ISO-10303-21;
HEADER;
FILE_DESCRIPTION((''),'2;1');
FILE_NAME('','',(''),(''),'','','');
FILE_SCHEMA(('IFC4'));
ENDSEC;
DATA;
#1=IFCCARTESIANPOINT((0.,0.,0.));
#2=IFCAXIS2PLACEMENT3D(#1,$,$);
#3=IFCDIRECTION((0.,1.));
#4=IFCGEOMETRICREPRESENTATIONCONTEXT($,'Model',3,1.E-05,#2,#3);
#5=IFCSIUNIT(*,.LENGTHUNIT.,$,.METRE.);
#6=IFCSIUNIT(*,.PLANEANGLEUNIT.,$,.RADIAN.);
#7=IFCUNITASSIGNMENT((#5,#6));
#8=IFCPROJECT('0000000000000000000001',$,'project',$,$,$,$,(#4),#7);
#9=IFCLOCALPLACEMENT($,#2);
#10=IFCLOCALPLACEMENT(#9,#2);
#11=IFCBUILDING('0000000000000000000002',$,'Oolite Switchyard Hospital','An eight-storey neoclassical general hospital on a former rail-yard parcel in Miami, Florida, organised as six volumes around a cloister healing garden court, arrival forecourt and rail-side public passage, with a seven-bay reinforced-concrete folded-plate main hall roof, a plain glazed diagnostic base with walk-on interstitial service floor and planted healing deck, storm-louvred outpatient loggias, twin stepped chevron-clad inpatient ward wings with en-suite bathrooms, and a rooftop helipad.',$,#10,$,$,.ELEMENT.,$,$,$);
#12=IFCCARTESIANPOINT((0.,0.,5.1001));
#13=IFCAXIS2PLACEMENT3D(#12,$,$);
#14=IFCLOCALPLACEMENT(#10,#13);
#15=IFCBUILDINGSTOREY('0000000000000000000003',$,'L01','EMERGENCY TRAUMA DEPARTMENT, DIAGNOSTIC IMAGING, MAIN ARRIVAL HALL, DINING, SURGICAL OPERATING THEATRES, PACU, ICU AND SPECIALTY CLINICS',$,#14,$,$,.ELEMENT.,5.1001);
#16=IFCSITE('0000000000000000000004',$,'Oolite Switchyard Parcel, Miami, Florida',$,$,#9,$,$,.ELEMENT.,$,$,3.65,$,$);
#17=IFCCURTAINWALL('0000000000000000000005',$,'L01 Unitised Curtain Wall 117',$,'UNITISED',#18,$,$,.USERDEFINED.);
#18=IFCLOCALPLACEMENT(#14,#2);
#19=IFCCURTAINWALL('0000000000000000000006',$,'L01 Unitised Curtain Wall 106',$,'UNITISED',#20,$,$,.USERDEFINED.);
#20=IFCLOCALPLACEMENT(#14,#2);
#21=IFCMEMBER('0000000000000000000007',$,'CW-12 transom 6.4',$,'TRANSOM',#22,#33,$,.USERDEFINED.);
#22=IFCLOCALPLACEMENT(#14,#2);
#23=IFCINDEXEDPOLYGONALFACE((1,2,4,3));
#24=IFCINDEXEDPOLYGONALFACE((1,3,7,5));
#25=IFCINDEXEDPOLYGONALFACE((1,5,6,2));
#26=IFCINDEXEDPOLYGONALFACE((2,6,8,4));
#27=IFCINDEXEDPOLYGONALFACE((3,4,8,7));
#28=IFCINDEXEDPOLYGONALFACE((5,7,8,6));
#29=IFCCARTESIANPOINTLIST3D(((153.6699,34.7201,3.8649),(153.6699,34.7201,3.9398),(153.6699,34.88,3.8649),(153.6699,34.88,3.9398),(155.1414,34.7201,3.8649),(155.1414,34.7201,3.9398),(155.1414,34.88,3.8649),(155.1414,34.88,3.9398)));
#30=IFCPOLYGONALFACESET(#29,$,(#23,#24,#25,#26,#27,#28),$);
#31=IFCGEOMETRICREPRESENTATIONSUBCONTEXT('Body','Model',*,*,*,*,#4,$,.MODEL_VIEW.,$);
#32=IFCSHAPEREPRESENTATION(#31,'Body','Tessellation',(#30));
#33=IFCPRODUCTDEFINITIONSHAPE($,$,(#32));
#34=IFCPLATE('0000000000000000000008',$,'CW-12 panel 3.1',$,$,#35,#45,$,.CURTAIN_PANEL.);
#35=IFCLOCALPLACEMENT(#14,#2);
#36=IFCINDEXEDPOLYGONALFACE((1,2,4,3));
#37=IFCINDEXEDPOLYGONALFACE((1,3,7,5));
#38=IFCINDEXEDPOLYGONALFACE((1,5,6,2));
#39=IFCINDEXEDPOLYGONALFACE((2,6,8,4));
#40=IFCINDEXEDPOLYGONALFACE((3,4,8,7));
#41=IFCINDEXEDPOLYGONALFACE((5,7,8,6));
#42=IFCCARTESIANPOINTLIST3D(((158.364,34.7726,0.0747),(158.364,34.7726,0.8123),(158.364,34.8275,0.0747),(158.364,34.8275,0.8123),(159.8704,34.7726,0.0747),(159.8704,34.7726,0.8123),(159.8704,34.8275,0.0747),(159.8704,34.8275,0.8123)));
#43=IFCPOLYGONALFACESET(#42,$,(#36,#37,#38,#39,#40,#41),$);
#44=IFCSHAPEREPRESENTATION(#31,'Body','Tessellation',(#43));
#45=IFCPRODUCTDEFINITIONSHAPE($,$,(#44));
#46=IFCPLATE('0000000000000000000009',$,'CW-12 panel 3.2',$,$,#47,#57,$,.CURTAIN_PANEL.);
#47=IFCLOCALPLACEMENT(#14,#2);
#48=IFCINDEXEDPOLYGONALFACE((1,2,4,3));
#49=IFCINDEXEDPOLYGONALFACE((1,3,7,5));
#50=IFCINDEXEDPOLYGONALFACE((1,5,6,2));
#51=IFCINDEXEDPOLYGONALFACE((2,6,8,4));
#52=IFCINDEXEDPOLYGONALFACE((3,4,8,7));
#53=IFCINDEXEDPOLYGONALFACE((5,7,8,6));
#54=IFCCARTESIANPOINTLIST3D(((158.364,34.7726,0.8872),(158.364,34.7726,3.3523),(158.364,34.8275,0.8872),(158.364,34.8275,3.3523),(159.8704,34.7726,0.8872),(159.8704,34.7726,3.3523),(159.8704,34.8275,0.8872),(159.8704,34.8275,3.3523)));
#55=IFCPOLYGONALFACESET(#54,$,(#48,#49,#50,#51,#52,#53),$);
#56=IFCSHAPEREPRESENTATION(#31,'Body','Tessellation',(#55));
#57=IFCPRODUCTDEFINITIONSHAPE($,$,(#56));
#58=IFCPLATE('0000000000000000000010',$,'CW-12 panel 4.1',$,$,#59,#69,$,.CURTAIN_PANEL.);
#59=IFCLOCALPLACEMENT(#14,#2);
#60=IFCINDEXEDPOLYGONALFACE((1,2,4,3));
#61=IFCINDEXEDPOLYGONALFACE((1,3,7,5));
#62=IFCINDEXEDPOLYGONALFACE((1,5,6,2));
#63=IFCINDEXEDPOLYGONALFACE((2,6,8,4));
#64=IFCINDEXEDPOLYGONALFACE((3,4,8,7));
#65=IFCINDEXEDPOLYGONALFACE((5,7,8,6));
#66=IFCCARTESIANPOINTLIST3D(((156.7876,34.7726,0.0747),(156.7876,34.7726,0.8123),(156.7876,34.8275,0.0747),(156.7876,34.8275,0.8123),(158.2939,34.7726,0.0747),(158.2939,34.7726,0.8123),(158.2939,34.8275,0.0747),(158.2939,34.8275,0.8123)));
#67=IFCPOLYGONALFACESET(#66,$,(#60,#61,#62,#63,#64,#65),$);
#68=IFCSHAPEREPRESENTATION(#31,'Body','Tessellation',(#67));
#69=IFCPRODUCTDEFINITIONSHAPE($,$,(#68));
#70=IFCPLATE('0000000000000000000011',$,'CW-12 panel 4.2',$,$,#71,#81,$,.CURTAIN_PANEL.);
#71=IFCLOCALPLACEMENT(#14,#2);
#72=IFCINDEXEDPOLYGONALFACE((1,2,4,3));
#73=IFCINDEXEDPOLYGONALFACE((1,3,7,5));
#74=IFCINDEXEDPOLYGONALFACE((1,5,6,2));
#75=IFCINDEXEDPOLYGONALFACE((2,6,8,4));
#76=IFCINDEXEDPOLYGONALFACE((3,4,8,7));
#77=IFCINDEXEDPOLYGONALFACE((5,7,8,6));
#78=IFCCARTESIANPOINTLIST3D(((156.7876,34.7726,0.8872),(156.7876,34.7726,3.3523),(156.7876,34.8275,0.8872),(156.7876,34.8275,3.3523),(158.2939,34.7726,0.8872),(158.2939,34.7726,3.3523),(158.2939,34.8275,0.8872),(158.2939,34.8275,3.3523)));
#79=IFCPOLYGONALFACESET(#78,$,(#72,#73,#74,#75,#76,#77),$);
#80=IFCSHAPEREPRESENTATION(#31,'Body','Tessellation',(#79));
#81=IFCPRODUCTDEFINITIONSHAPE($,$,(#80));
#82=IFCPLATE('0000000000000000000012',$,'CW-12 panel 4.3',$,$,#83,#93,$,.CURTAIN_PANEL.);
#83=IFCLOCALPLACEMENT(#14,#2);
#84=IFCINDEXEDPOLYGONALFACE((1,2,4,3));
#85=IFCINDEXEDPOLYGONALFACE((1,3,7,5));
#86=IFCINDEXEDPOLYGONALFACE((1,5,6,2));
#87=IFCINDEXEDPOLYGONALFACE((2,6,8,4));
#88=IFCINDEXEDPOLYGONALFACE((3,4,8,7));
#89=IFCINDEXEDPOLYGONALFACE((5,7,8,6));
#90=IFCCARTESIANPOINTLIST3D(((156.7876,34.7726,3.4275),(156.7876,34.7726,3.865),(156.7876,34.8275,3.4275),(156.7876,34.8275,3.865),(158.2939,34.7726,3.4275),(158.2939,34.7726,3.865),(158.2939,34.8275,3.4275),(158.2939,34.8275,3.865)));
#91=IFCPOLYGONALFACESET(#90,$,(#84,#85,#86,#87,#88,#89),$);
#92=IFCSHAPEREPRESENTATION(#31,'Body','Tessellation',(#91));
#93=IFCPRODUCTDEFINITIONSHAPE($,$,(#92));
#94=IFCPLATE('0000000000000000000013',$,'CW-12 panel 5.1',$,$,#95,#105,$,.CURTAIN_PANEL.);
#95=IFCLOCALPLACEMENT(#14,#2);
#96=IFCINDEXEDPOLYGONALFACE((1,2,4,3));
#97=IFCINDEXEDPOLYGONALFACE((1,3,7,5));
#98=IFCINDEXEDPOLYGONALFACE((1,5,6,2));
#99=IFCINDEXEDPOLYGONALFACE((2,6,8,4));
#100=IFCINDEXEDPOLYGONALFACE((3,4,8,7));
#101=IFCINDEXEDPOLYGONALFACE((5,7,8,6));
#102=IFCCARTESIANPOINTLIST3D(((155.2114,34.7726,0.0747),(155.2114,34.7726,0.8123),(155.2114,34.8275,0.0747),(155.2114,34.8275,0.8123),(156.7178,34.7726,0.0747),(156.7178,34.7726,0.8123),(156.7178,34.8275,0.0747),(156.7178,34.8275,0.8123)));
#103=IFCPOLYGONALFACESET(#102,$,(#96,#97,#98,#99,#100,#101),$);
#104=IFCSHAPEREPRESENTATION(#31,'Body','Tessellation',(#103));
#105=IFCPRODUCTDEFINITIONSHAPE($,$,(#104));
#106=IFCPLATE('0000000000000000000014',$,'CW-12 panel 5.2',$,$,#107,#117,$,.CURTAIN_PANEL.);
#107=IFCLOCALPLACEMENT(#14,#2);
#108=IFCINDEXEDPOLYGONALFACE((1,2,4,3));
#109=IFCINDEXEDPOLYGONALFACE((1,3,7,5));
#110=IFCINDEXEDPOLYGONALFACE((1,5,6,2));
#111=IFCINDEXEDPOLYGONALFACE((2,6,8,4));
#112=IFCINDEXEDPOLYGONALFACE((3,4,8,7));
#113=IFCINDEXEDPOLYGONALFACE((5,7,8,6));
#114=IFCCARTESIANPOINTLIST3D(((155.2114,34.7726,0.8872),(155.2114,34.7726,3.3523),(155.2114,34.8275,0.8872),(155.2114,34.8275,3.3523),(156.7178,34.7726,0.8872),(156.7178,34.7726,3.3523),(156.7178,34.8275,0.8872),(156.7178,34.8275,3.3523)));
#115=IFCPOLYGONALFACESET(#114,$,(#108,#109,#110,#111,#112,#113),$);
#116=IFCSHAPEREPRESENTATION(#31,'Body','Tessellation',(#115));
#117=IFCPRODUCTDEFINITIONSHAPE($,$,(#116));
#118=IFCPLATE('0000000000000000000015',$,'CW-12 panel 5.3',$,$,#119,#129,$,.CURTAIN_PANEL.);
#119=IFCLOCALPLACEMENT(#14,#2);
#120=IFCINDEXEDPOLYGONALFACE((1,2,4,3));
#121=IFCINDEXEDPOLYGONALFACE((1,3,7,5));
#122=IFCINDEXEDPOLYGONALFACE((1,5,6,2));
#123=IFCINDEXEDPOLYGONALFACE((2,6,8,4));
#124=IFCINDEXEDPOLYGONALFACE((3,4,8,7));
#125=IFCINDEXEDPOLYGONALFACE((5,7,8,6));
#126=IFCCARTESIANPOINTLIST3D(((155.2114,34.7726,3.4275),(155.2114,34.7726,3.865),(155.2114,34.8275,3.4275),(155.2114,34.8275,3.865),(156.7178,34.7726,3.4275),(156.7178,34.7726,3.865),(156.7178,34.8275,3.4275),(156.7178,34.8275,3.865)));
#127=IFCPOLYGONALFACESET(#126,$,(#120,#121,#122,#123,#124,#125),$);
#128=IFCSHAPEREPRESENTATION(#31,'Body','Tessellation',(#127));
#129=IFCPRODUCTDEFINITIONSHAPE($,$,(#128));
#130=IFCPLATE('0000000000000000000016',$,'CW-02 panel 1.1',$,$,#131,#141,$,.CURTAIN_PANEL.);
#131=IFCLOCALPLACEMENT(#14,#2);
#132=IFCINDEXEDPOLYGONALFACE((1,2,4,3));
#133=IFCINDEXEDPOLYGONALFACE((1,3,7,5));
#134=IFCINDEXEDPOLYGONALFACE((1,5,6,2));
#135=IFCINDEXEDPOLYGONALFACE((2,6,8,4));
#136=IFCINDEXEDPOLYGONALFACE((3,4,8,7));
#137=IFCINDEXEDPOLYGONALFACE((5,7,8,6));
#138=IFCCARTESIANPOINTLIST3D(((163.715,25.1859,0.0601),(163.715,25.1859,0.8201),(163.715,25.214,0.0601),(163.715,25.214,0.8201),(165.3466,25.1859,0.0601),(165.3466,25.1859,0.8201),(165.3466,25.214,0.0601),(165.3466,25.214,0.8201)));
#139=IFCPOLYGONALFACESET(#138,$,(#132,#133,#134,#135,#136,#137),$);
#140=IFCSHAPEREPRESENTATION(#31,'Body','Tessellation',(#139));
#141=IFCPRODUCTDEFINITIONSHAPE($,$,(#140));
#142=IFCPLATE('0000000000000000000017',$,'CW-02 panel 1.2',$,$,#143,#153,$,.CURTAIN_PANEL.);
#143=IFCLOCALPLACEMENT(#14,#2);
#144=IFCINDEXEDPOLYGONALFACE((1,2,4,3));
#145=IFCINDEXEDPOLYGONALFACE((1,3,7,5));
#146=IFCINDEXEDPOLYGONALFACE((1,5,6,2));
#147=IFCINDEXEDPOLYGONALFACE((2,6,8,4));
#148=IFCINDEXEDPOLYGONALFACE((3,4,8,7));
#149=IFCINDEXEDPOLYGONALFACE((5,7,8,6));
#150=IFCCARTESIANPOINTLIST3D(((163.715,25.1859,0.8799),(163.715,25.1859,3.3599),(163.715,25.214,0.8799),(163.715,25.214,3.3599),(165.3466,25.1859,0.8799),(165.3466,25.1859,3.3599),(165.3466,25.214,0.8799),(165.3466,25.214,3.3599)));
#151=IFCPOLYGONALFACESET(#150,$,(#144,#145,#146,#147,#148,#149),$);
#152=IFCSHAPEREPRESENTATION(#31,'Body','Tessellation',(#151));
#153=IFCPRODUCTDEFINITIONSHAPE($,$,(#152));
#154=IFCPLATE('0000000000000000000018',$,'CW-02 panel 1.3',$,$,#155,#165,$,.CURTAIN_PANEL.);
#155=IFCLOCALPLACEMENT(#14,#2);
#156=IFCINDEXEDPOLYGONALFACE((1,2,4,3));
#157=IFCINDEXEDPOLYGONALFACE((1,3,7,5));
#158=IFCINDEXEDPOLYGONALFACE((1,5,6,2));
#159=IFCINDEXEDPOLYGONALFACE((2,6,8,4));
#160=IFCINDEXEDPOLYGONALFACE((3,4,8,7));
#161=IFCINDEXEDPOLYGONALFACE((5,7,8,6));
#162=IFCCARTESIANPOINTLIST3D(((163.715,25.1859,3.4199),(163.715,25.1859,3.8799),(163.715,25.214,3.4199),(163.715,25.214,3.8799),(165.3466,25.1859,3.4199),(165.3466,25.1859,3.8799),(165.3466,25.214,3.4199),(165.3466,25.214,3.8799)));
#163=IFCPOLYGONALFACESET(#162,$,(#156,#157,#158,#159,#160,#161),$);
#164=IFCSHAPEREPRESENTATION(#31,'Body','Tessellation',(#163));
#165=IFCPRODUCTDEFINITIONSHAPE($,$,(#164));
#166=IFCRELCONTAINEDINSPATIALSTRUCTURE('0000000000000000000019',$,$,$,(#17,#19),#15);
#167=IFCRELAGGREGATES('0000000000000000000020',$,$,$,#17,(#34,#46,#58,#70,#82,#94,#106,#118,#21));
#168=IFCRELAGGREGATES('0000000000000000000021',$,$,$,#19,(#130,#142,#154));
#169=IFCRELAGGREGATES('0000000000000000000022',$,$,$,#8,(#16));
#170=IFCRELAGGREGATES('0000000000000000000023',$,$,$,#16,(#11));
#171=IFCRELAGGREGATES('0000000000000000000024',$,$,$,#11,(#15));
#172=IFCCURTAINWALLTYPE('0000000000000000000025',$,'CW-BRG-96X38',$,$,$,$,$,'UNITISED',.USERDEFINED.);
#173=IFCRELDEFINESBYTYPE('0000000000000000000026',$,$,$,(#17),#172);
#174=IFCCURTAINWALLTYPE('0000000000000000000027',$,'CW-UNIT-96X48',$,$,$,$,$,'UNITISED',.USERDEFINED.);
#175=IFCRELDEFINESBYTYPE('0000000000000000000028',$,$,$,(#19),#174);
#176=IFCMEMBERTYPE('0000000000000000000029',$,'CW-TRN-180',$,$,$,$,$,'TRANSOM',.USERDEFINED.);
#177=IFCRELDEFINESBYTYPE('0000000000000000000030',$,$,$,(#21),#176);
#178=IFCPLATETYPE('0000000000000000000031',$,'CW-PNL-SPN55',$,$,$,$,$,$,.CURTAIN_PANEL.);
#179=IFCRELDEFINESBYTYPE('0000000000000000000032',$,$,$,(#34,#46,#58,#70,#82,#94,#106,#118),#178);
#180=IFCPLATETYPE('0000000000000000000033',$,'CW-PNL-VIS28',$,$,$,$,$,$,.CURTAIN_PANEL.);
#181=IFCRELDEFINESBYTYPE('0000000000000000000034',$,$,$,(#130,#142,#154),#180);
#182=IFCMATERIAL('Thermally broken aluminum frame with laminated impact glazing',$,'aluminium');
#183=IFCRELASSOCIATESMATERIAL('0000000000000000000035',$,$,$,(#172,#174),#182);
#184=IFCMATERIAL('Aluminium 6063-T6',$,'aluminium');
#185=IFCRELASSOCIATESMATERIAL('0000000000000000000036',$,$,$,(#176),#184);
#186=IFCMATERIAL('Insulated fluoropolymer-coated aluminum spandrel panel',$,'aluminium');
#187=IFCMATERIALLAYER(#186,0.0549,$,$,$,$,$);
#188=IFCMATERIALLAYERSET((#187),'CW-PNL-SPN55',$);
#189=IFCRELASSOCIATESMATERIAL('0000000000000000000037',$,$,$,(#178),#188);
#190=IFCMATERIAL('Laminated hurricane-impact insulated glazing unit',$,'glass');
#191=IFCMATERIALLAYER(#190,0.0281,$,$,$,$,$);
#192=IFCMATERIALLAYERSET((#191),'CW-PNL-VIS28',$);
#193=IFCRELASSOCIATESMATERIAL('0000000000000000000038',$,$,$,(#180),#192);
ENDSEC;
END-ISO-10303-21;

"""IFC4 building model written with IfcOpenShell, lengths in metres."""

from ifc_helpers import new_model, si_unit, direction, frame, origin, origin_2d, place, context, subcontext, project, spatial, rectangle, extrude, material, layer, layer_set, material_profile, profile_set, type_object, element, aggregate, save


model = new_model("IFC4")

# Units and contexts
model_context = context("Model", 3, precision=1e-05, world=origin(), true_north=direction((0.0, 1.0)))
body_context = subcontext(model_context, "Body", "Model", "MODEL_VIEW")
ifc_project = project(units=[si_unit("LENGTHUNIT", "METRE"), si_unit("PLANEANGLEUNIT", "RADIAN")], contexts=[model_context])

# Site, building, storey
site_placement = place(None, origin())
site = spatial("IfcSite", under=ifc_project, at=site_placement, Name="Oolite Switchyard Parcel, Miami, Florida", CompositionType="ELEMENT", RefElevation=3.65)
building_placement = place(site_placement, origin())
building = spatial("IfcBuilding", under=site, at=building_placement, Name="Oolite Switchyard Hospital", Description="An eight-storey neoclassical general hospital on a former rail-yard parcel in Miami, Florida, organised as six volumes around a cloister healing garden court, arrival forecourt and rail-side public passage, with a seven-bay reinforced-concrete folded-plate main hall roof, a plain glazed diagnostic base with walk-on interstitial service floor and planted healing deck, storm-louvred outpatient loggias, twin stepped chevron-clad inpatient ward wings with en-suite bathrooms, and a rooftop helipad.", CompositionType="ELEMENT")
storey_placement = place(building_placement, frame((0.0, 0.0, 5.1001)))
storey = spatial("IfcBuildingStorey", under=building, at=storey_placement, Name="L01", Description="EMERGENCY TRAUMA DEPARTMENT, DIAGNOSTIC IMAGING, MAIN ARRIVAL HALL, DINING, SURGICAL OPERATING THEATRES, PACU, ICU AND SPECIALTY CLINICS", CompositionType="ELEMENT", Elevation=5.1001)

# Curtain walls
ifc_material_1 = material(Name="Thermally broken aluminum frame with laminated impact glazing", Category="aluminium")
curtain_wall_type_1 = type_object("IfcCurtainWallType", Name="CW-BRG-96X38", ElementType="UNITISED", PredefinedType="USERDEFINED", material=ifc_material_1)
curtain_wall_1_placement = place(storey_placement, origin())
curtain_wall_1 = element("IfcCurtainWall", 1, at=curtain_wall_1_placement, inside=storey, type_object=curtain_wall_type_1, Name="L01 Unitised Curtain Wall 117", ObjectType="UNITISED", PredefinedType="USERDEFINED")
ifc_material_2 = material(Name="Aluminium 6063-T6", Category="aluminium")
curtain_wall_type_2 = type_object("IfcCurtainWallType", Name="CW-UNIT-96X48", ElementType="UNITISED", PredefinedType="USERDEFINED", material=ifc_material_1)
curtain_wall_2_placement = place(storey_placement, origin())
curtain_wall_2 = element("IfcCurtainWall", 2, at=curtain_wall_2_placement, inside=storey, type_object=curtain_wall_type_2, Name="L01 Unitised Curtain Wall 106", ObjectType="UNITISED", PredefinedType="USERDEFINED")

# Member
ifc_material_profile_1 = material_profile(ifc_material_2, rectangle(XDim=0.1599, YDim=0.075, at=origin_2d()), Name="CWT75X160")
ifc_profile_set_1 = profile_set([ifc_material_profile_1], Name="Aluminium 6063-T6")
member_type_1 = type_object("IfcMemberType", Name="CW-TRN-180", ElementType="TRANSOM", PredefinedType="USERDEFINED", material=ifc_profile_set_1)
member_1_placement = place(storey_placement, frame((155.1414, 34.8, 3.9023), z_axis=(-1.0, 0.0, 0.0), x_axis=(0.0, -1.0, 0.0)))
member_1 = element("IfcMember", 3, at=member_1_placement, type_object=member_type_1, Name="CW-12 transom 6.4", ObjectType="TRANSOM", PredefinedType="USERDEFINED", context=body_context, shape_type="SweptSolid", body=[
    extrude(rectangle(XDim=0.1599, YDim=0.075, at=origin_2d()), origin(), (0.0, 0.0, 1.0), 1.4714),
])

# Plates
ifc_material_3 = material(Name="Insulated fluoropolymer-coated aluminum spandrel panel", Category="aluminium")
ifc_layer_1 = layer(ifc_material_3, 0.0549)
ifc_layer_set_1 = layer_set([ifc_layer_1], Name="CW-PNL-SPN55")
plate_type_1 = type_object("IfcPlateType", Name="CW-PNL-SPN55", PredefinedType="CURTAIN_PANEL", material=ifc_layer_set_1)
plate_1_placement = place(storey_placement, frame((159.1172, 34.8, 0.0747), z_axis=(0.0, 0.0, 1.0), x_axis=(-1.0, 0.0, 0.0)))
plate_1 = element("IfcPlate", 4, at=plate_1_placement, type_object=plate_type_1, Name="CW-12 panel 3.1", PredefinedType="CURTAIN_PANEL", context=body_context, shape_type="SweptSolid", body=[
    extrude(rectangle(XDim=1.5063, YDim=0.0549, at=origin_2d()), origin(), (0.0, 0.0, 1.0), 0.7375),
])
plate_2_placement = place(storey_placement, frame((159.1172, 34.8, 0.8872), z_axis=(0.0, 0.0, 1.0), x_axis=(-1.0, 0.0, 0.0)))
plate_2 = element("IfcPlate", 5, at=plate_2_placement, type_object=plate_type_1, Name="CW-12 panel 3.2", PredefinedType="CURTAIN_PANEL", context=body_context, shape_type="SweptSolid", body=[
    extrude(rectangle(XDim=1.5063, YDim=0.0549, at=origin_2d()), origin(), (0.0, 0.0, 1.0), 2.4651),
])
plate_3_placement = place(storey_placement, frame((157.5408, 34.8, 0.0747), z_axis=(0.0, 0.0, 1.0), x_axis=(-1.0, 0.0, 0.0)))
plate_3 = element("IfcPlate", 6, at=plate_3_placement, type_object=plate_type_1, Name="CW-12 panel 4.1", PredefinedType="CURTAIN_PANEL", context=body_context, shape_type="SweptSolid", body=[
    extrude(rectangle(XDim=1.5063, YDim=0.0549, at=origin_2d()), origin(), (0.0, 0.0, 1.0), 0.7375),
])
plate_4_placement = place(storey_placement, frame((157.5408, 34.8, 0.8872), z_axis=(0.0, 0.0, 1.0), x_axis=(-1.0, 0.0, 0.0)))
plate_4 = element("IfcPlate", 7, at=plate_4_placement, type_object=plate_type_1, Name="CW-12 panel 4.2", PredefinedType="CURTAIN_PANEL", context=body_context, shape_type="SweptSolid", body=[
    extrude(rectangle(XDim=1.5063, YDim=0.0549, at=origin_2d()), origin(), (0.0, 0.0, 1.0), 2.4651),
])
plate_5_placement = place(storey_placement, frame((157.5408, 34.8, 3.4275), z_axis=(0.0, 0.0, 1.0), x_axis=(-1.0, 0.0, 0.0)))
plate_5 = element("IfcPlate", 8, at=plate_5_placement, type_object=plate_type_1, Name="CW-12 panel 4.3", PredefinedType="CURTAIN_PANEL", context=body_context, shape_type="SweptSolid", body=[
    extrude(rectangle(XDim=1.5063, YDim=0.0549, at=origin_2d()), origin(), (0.0, 0.0, 1.0), 0.4375),
])
plate_6_placement = place(storey_placement, frame((155.9646, 34.8, 0.0747), z_axis=(0.0, 0.0, 1.0), x_axis=(-1.0, 0.0, 0.0)))
plate_6 = element("IfcPlate", 9, at=plate_6_placement, type_object=plate_type_1, Name="CW-12 panel 5.1", PredefinedType="CURTAIN_PANEL", context=body_context, shape_type="SweptSolid", body=[
    extrude(rectangle(XDim=1.5063, YDim=0.0549, at=origin_2d()), origin(), (0.0, 0.0, 1.0), 0.7375),
])
plate_7_placement = place(storey_placement, frame((155.9646, 34.8, 0.8872), z_axis=(0.0, 0.0, 1.0), x_axis=(-1.0, 0.0, 0.0)))
plate_7 = element("IfcPlate", 10, at=plate_7_placement, type_object=plate_type_1, Name="CW-12 panel 5.2", PredefinedType="CURTAIN_PANEL", context=body_context, shape_type="SweptSolid", body=[
    extrude(rectangle(XDim=1.5063, YDim=0.0549, at=origin_2d()), origin(), (0.0, 0.0, 1.0), 2.4651),
])
plate_8_placement = place(storey_placement, frame((155.9646, 34.8, 3.4275), z_axis=(0.0, 0.0, 1.0), x_axis=(-1.0, 0.0, 0.0)))
plate_8 = element("IfcPlate", 11, at=plate_8_placement, type_object=plate_type_1, Name="CW-12 panel 5.3", PredefinedType="CURTAIN_PANEL", context=body_context, shape_type="SweptSolid", body=[
    extrude(rectangle(XDim=1.5063, YDim=0.0549, at=origin_2d()), origin(), (0.0, 0.0, 1.0), 0.4375),
])
aggregate(curtain_wall_1, [plate_1, plate_2, plate_3, plate_4, plate_5, plate_6, plate_7, plate_8, member_1])
ifc_material_4 = material(Name="Laminated hurricane-impact insulated glazing unit", Category="glass")
ifc_layer_2 = layer(ifc_material_4, 0.0281)
ifc_layer_set_2 = layer_set([ifc_layer_2], Name="CW-PNL-VIS28")
plate_type_2 = type_object("IfcPlateType", Name="CW-PNL-VIS28", PredefinedType="CURTAIN_PANEL", material=ifc_layer_set_2)
plate_9_placement = place(storey_placement, frame((164.5308, 25.2, 0.0601), z_axis=(0.0, 0.0, 1.0), x_axis=(1.0, 0.0, 0.0)))
plate_9 = element("IfcPlate", 12, at=plate_9_placement, type_object=plate_type_2, Name="CW-02 panel 1.1", PredefinedType="CURTAIN_PANEL", context=body_context, shape_type="SweptSolid", body=[
    extrude(rectangle(XDim=1.6316, YDim=0.0281, at=origin_2d()), origin(), (0.0, 0.0, 1.0), 0.76),
])
plate_10_placement = place(storey_placement, frame((164.5308, 25.2, 0.8799), z_axis=(0.0, 0.0, 1.0), x_axis=(1.0, 0.0, 0.0)))
plate_10 = element("IfcPlate", 13, at=plate_10_placement, type_object=plate_type_2, Name="CW-02 panel 1.2", PredefinedType="CURTAIN_PANEL", context=body_context, shape_type="SweptSolid", body=[
    extrude(rectangle(XDim=1.6316, YDim=0.0281, at=origin_2d()), origin(), (0.0, 0.0, 1.0), 2.48),
])
plate_11_placement = place(storey_placement, frame((164.5308, 25.2, 3.4199), z_axis=(0.0, 0.0, 1.0), x_axis=(1.0, 0.0, 0.0)))
plate_11 = element("IfcPlate", 14, at=plate_11_placement, type_object=plate_type_2, Name="CW-02 panel 1.3", PredefinedType="CURTAIN_PANEL", context=body_context, shape_type="SweptSolid", body=[
    extrude(rectangle(XDim=1.6316, YDim=0.0281, at=origin_2d()), origin(), (0.0, 0.0, 1.0), 0.46),
])
aggregate(curtain_wall_2, [plate_9, plate_10, plate_11])

save(model, "model.ifc")
